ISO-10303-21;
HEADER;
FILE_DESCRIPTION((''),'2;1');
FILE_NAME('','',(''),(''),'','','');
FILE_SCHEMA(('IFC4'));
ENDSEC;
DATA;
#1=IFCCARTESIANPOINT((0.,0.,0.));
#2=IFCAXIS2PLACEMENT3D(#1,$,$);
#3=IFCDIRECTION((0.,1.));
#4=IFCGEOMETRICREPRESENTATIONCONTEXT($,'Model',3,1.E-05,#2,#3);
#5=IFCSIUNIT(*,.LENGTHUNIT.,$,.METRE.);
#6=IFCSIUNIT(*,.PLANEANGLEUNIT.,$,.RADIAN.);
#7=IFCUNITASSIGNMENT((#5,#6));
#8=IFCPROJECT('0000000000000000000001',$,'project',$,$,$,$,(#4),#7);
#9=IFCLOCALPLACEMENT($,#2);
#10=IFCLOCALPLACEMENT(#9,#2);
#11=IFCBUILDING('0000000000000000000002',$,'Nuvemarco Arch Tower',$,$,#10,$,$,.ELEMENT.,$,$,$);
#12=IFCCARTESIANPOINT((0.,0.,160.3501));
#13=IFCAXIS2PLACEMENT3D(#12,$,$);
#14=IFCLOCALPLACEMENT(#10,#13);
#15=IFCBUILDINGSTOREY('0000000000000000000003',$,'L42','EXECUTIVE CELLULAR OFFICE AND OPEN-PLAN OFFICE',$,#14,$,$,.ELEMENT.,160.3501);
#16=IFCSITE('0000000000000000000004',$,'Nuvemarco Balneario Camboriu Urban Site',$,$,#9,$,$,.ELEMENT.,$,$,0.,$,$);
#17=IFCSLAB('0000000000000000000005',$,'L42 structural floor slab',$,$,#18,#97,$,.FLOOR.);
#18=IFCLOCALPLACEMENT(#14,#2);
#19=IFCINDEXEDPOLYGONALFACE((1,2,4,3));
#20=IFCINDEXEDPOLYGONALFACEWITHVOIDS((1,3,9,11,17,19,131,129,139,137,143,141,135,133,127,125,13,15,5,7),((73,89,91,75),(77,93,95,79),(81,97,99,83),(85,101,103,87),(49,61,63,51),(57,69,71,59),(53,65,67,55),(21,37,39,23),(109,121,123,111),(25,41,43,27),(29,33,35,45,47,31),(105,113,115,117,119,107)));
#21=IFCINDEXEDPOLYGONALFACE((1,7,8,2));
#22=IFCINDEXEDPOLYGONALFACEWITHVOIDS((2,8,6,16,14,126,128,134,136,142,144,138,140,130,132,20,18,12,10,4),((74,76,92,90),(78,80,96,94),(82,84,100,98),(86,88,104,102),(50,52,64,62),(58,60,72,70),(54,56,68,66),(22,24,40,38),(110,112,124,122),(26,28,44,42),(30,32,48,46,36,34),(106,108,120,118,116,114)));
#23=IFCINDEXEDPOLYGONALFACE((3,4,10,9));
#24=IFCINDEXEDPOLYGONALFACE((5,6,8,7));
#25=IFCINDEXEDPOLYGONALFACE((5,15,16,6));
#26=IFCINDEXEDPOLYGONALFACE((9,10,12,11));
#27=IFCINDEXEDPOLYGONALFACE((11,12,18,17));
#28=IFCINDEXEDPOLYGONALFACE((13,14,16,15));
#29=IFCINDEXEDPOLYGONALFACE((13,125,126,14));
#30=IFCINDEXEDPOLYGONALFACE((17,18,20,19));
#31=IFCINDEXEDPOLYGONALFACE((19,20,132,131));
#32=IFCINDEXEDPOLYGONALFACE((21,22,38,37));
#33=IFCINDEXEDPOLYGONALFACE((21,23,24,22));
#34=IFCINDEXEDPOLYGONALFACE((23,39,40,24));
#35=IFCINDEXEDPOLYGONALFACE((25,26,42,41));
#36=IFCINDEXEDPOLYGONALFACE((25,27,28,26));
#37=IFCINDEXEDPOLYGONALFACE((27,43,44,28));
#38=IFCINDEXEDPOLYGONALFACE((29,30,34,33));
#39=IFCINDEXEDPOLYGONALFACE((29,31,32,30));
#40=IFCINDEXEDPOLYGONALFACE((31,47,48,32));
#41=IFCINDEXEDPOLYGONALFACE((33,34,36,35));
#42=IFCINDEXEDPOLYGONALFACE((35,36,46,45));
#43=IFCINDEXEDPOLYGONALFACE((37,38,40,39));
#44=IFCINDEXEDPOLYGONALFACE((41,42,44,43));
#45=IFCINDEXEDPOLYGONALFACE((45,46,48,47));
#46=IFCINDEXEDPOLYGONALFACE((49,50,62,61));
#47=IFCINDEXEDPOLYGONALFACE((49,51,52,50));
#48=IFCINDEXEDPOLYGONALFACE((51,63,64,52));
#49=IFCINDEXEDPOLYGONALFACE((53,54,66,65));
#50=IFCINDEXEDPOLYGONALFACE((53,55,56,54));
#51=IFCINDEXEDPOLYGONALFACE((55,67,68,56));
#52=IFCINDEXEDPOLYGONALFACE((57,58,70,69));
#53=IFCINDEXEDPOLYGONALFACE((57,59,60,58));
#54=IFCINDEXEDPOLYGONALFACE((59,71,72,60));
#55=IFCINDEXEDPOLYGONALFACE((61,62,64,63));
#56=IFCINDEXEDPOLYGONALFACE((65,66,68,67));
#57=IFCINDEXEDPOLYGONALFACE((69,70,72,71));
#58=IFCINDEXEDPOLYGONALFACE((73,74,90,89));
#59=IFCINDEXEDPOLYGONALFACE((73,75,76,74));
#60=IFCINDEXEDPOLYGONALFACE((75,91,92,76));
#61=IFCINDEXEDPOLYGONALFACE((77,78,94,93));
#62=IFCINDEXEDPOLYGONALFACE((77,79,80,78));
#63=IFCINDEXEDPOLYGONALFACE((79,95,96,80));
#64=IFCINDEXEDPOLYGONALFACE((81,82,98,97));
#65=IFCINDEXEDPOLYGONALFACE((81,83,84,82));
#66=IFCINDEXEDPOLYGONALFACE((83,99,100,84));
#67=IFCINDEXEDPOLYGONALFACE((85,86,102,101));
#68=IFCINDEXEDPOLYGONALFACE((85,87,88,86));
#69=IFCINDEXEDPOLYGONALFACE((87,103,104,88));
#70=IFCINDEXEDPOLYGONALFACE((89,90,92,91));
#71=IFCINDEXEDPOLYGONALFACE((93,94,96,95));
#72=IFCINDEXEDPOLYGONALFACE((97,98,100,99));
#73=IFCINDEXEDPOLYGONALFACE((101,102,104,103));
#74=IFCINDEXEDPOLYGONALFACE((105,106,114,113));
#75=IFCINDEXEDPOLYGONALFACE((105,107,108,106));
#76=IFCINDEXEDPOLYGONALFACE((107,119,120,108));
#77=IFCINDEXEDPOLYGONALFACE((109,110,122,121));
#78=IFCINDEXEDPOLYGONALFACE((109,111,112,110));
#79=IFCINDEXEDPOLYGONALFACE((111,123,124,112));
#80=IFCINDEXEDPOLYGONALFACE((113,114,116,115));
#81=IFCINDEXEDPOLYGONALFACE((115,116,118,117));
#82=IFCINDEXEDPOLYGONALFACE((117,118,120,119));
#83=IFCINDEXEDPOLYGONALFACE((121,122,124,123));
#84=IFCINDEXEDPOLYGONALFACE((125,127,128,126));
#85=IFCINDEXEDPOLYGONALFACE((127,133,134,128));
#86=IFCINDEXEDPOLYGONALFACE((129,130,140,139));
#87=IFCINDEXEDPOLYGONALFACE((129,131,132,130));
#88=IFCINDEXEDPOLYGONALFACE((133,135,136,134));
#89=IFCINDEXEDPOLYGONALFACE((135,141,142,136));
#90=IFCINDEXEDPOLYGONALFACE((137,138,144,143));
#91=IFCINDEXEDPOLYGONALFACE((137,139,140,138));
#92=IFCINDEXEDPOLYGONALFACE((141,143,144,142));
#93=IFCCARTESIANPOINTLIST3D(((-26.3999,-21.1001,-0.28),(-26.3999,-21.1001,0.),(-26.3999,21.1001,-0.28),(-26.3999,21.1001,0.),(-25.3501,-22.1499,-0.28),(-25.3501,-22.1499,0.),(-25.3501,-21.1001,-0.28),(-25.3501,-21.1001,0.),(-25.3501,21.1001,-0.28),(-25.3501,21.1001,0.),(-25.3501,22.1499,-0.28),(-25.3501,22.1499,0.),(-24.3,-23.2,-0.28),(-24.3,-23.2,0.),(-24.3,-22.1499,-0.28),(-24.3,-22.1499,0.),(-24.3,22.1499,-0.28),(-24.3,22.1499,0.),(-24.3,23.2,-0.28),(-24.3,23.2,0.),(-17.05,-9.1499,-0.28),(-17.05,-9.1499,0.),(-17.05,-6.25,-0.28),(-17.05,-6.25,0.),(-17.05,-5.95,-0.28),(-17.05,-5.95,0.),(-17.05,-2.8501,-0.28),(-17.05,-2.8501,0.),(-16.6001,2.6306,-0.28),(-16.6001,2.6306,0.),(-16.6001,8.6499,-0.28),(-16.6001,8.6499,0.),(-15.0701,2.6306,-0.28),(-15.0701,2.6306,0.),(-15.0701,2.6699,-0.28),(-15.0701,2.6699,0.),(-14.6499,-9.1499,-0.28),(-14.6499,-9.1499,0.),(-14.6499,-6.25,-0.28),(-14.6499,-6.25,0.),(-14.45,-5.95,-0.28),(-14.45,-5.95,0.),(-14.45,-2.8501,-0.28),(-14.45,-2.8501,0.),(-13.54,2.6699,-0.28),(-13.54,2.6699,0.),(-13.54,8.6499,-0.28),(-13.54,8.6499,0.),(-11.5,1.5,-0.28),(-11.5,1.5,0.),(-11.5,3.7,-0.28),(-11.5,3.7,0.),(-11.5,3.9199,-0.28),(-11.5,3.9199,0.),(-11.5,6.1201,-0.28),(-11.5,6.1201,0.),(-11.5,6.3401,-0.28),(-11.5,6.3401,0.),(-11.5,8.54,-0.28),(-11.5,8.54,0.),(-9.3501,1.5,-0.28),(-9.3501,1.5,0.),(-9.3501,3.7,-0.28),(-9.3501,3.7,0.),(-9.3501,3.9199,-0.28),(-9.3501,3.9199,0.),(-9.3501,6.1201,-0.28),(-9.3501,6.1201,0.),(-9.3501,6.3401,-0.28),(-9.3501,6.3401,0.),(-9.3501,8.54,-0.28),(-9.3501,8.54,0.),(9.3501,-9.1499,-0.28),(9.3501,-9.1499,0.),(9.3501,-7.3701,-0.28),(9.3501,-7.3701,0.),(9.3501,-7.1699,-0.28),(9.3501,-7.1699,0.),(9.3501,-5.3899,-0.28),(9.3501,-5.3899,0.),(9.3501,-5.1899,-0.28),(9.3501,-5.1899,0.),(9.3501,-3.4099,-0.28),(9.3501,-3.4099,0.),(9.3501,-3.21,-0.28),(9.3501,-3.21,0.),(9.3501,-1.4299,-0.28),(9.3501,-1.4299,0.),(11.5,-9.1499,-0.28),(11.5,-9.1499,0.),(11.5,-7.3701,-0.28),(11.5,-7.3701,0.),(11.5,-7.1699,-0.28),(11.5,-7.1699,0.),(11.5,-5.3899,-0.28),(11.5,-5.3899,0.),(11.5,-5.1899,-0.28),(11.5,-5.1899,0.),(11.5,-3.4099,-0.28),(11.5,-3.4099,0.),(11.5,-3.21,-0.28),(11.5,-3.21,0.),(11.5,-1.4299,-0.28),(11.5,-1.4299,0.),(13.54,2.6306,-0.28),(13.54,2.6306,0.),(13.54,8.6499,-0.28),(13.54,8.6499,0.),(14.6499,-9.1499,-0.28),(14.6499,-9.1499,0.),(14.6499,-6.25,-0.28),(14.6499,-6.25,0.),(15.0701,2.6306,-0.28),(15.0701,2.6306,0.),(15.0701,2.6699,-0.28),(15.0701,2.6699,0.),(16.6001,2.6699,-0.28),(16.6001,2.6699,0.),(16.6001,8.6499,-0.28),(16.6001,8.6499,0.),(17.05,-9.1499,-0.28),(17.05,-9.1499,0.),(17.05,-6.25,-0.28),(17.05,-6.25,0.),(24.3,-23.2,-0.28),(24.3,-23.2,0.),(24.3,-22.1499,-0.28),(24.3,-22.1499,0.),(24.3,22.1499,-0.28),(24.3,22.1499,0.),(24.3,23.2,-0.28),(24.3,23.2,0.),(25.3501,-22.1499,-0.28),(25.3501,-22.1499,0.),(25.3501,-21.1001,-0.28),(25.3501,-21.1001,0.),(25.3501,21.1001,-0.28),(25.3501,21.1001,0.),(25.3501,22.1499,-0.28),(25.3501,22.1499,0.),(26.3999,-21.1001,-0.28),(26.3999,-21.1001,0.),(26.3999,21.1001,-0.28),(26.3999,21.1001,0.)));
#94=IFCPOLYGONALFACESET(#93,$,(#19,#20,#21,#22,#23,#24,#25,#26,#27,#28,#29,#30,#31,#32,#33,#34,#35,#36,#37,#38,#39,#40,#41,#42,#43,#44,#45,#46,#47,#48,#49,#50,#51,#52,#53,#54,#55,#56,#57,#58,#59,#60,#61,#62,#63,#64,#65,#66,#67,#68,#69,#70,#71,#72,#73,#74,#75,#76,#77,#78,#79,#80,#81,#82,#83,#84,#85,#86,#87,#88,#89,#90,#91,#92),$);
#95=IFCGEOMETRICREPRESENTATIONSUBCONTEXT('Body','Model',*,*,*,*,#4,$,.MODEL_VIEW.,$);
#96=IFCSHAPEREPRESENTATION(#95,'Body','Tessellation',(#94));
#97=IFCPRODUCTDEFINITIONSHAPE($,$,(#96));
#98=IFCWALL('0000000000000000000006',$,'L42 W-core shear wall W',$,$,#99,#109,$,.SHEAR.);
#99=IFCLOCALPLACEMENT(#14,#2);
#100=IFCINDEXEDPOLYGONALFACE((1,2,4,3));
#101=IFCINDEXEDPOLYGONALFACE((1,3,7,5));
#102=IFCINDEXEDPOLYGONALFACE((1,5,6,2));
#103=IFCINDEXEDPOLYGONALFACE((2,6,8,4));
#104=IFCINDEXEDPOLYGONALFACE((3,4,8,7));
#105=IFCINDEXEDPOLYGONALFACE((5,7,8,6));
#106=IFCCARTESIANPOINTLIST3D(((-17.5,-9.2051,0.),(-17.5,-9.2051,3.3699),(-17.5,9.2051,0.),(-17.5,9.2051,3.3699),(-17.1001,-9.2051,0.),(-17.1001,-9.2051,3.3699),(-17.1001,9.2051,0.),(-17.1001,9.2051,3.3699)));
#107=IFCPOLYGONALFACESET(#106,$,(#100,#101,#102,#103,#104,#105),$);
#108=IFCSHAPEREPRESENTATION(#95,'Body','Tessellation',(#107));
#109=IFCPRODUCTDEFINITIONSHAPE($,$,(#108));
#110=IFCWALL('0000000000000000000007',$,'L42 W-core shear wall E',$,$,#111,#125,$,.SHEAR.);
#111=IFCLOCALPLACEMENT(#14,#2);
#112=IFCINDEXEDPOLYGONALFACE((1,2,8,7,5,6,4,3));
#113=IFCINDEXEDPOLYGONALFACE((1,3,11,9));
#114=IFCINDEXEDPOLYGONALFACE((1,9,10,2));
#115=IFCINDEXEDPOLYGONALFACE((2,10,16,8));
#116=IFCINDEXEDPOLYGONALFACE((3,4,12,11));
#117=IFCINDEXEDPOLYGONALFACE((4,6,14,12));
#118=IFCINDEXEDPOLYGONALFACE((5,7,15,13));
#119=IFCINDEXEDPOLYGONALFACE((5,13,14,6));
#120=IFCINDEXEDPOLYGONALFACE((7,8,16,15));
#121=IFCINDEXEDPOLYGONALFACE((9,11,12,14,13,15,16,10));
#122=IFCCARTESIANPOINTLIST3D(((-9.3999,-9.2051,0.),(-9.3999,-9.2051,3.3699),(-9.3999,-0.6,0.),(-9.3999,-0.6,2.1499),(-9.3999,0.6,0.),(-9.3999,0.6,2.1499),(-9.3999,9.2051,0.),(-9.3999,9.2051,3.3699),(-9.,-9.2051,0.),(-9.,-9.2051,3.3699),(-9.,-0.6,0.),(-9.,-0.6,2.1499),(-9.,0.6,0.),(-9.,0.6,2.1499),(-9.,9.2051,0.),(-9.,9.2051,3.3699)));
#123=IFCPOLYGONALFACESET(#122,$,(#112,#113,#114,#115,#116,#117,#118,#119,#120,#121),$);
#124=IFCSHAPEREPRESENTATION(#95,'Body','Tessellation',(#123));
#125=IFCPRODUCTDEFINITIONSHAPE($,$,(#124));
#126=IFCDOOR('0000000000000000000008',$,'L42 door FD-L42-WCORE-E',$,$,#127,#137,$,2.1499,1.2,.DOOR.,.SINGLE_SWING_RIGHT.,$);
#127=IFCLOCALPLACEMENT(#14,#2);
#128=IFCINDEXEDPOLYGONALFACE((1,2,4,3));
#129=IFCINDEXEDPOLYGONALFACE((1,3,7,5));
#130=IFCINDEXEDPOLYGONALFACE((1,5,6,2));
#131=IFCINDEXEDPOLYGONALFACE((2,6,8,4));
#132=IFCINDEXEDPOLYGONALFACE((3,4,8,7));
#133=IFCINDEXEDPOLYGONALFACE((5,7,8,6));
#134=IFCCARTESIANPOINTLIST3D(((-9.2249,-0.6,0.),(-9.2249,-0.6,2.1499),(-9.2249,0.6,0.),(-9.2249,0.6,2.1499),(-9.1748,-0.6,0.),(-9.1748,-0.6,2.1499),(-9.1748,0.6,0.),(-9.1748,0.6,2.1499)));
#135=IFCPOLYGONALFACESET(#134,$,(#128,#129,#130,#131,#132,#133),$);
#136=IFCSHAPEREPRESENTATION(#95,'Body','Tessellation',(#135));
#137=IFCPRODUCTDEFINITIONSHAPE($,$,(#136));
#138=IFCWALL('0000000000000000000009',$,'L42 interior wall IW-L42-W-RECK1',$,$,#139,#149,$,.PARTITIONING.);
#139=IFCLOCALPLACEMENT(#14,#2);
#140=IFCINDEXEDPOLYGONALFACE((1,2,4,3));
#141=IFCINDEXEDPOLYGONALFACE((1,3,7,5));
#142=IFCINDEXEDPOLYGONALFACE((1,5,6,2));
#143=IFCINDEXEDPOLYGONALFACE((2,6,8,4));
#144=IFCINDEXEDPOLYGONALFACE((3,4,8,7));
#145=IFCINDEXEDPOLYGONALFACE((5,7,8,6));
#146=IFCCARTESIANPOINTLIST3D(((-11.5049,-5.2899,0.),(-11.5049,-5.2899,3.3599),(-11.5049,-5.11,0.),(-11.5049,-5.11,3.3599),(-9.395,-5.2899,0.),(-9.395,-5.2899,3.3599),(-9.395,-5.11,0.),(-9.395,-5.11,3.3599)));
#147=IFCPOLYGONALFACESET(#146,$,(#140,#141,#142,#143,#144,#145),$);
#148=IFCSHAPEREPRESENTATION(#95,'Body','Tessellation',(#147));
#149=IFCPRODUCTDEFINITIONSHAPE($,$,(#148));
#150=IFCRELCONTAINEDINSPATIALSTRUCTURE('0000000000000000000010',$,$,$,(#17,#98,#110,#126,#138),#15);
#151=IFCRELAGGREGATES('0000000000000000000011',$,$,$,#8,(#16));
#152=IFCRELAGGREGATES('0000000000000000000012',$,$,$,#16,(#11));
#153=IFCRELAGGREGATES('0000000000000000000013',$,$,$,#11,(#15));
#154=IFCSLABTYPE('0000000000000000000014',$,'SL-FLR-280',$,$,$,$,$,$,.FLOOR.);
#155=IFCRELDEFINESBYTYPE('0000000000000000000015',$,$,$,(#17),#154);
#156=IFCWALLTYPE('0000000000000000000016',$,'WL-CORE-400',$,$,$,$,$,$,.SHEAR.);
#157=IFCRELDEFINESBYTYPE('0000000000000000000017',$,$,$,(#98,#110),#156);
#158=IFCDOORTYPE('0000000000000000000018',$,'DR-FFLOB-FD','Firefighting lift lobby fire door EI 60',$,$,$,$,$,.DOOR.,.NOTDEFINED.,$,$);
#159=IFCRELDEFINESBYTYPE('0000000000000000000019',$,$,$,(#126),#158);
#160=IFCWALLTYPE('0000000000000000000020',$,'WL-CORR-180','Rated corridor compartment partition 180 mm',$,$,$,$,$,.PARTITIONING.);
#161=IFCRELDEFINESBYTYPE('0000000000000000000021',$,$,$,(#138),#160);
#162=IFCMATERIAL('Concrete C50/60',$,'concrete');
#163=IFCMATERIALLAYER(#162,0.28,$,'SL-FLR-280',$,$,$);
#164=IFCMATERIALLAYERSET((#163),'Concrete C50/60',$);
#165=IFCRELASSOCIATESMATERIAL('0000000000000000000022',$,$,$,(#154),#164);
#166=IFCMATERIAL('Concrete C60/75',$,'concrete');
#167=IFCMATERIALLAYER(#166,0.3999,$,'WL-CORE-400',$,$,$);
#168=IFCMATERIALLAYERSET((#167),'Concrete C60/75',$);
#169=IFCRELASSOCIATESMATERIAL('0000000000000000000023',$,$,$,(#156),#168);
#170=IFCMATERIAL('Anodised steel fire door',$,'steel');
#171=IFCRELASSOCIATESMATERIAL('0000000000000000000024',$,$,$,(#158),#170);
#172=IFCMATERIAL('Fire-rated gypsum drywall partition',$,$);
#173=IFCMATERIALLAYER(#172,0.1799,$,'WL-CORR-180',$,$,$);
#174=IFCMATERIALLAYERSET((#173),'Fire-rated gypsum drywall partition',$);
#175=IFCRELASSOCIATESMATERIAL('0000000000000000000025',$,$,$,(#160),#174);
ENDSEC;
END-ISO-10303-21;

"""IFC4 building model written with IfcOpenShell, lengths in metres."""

from ifc_helpers import new_model, si_unit, direction, frame, frame_2d, origin, place, context, subcontext, project, spatial, polyline, rectangle, outline, extrude, source, transform, mapped, material, layer, layer_set, type_object, type_shapes, element, fill, save


model = new_model("IFC4")

# Units and contexts
model_context = context("Model", 3, precision=1e-05, world=origin(), true_north=direction((0.0, 1.0)))
body_context = subcontext(model_context, "Body", "Model", "MODEL_VIEW")
ifc_project = project(units=[si_unit("LENGTHUNIT", "METRE"), si_unit("PLANEANGLEUNIT", "RADIAN")], contexts=[model_context])

# Site, building, storey
site_placement = place(None, origin())
site = spatial("IfcSite", under=ifc_project, at=site_placement, Name="Nuvemarco Balneario Camboriu Urban Site", CompositionType="ELEMENT", RefElevation=0.0)
building_placement = place(site_placement, origin())
building = spatial("IfcBuilding", under=site, at=building_placement, Name="Nuvemarco Arch Tower", CompositionType="ELEMENT")
storey_placement = place(building_placement, frame((0.0, 0.0, 160.3501)))
storey = spatial("IfcBuildingStorey", under=building, at=storey_placement, Name="L42", Description="EXECUTIVE CELLULAR OFFICE AND OPEN-PLAN OFFICE", CompositionType="ELEMENT", Elevation=160.3501)

# Shared definitions
ifc_material_1 = material(Name="Concrete C50/60", Category="concrete")

# Shared definitions
ifc_material_2 = material(Name="Concrete C60/75", Category="concrete")

# Slab
ifc_layer_1 = layer(ifc_material_1, 0.28, Name="SL-FLR-280")
ifc_layer_set_1 = layer_set([ifc_layer_1], Name="Concrete C50/60")
slab_type = type_object("IfcSlabType", Name="SL-FLR-280", PredefinedType="FLOOR", material=ifc_layer_set_1)
slab_placement = place(storey_placement, frame((0.0, 0.0, -0.28)))
element("IfcSlab", 1, at=slab_placement, inside=storey, type_object=slab_type, Name="L42 structural floor slab", PredefinedType="FLOOR", context=body_context, shape_type="SweptSolid", body=[
    extrude(outline(polyline([(-24.3, -23.2), (24.3, -23.2), (24.3, -22.1499), (25.3501, -22.1499), (25.3501, -21.1001), (26.3999, -21.1001), (26.3999, 21.1001), (25.3501, 21.1001), (25.3501, 22.1499), (24.3, 22.1499), (24.3, 23.2), (-24.3, 23.2), (-24.3, 22.1499), (-25.3501, 22.1499), (-25.3501, 21.1001), (-26.3999, 21.1001), (-26.3999, -21.1001), (-25.3501, -21.1001), (-25.3501, -22.1499), (-24.3, -22.1499), (-24.3, -23.2)]), holes=[polyline([(-13.54, 2.6699), (-13.54, 8.6499), (-16.6001, 8.6499), (-16.6001, 2.6306), (-15.0701, 2.6306), (-15.0701, 2.6699), (-13.54, 2.6699)]), polyline([(16.6001, 2.6699), (16.6001, 8.6499), (13.54, 8.6499), (13.54, 2.6306), (15.0701, 2.6306), (15.0701, 2.6699), (16.6001, 2.6699)]), polyline([(-17.05, -9.1499), (-14.6499, -9.1499), (-14.6499, -6.25), (-17.05, -6.25), (-17.05, -9.1499)]), polyline([(-17.05, -5.95), (-14.45, -5.95), (-14.45, -2.8501), (-17.05, -2.8501), (-17.05, -5.95)]), polyline([(-11.5, 1.5), (-9.3501, 1.5), (-9.3501, 3.7), (-11.5, 3.7), (-11.5, 1.5)]), polyline([(-11.5, 3.9199), (-9.3501, 3.9199), (-9.3501, 6.1201), (-11.5, 6.1201), (-11.5, 3.9199)]), polyline([(-11.5, 6.3401), (-9.3501, 6.3401), (-9.3501, 8.54), (-11.5, 8.54), (-11.5, 6.3401)]), polyline([(14.6499, -9.1499), (17.05, -9.1499), (17.05, -6.25), (14.6499, -6.25), (14.6499, -9.1499)]), polyline([(9.3501, -9.1499), (11.5, -9.1499), (11.5, -7.3701), (9.3501, -7.3701), (9.3501, -9.1499)]), polyline([(9.3501, -7.1699), (11.5, -7.1699), (11.5, -5.3899), (9.3501, -5.3899), (9.3501, -7.1699)]), polyline([(9.3501, -5.1899), (11.5, -5.1899), (11.5, -3.4099), (9.3501, -3.4099), (9.3501, -5.1899)]), polyline([(9.3501, -3.21), (11.5, -3.21), (11.5, -1.4299), (9.3501, -1.4299), (9.3501, -3.21)])]), origin(), (0.0, 0.0, 1.0), 0.28),
])

# Wall
ifc_layer_2 = layer(ifc_material_2, 0.3999, Name="WL-CORE-400")
ifc_layer_set_2 = layer_set([ifc_layer_2], Name="Concrete C60/75")
wall_type_1 = type_object("IfcWallType", Name="WL-CORE-400", PredefinedType="SHEAR", material=ifc_layer_set_2)
wall_1_placement = place(storey_placement, frame((-17.3, -9.2051, 0.0), z_axis=(0.0, 0.0, 1.0), x_axis=(0.0, 1.0, 0.0)))
element("IfcWall", 2, at=wall_1_placement, inside=storey, type_object=wall_type_1, Name="L42 W-core shear wall W", PredefinedType="SHEAR", context=body_context, shape_type="SweptSolid", body=[
    extrude(rectangle(XDim=18.4102, YDim=0.3999, at=frame_2d((9.2051, 0.0))), origin(), (0.0, 0.0, 1.0), 3.3699),
])

# Wall, opening, door
wall_2_placement = place(storey_placement, frame((-9.2, -9.2051, 0.0), z_axis=(0.0, 0.0, 1.0), x_axis=(0.0, 1.0, 0.0)))
wall_2 = element("IfcWall", 3, at=wall_2_placement, inside=storey, type_object=wall_type_1, Name="L42 W-core shear wall E", PredefinedType="SHEAR", context=body_context, shape_type="SweptSolid", body=[
    extrude(rectangle(XDim=18.4102, YDim=0.3999, at=frame_2d((9.2051, 0.0))), origin(), (0.0, 0.0, 1.0), 3.3699),
])
opening_1_placement = place(wall_2_placement, frame((8.605, 0.0, 0.0)))
opening_1 = element("IfcOpeningElement", 4, at=opening_1_placement, cuts=wall_2, PredefinedType="OPENING", context=body_context, shape_type="SweptSolid", body=[
    extrude(rectangle(XDim=1.2, YDim=2.1499, at=frame_2d((0.6001, 1.075))), frame((0.0, 0.21, 0.0), z_axis=(0.0, -1.0, 0.0), x_axis=(1.0, 0.0, 0.0)), (0.0, 0.0, 1.0), 0.4199),
])
ifc_material_3 = material(Name="Anodised steel fire door", Category="steel")
door_type_1 = type_object("IfcDoorType", Name="DR-FFLOB-FD", Description="Firefighting lift lobby fire door EI 60", OperationType="NOTDEFINED", PredefinedType="DOOR", material=ifc_material_3)
shared_shape_1 = source(origin(), body_context, "Body", "SweptSolid", [
    extrude(rectangle(XDim=1.2, YDim=2.1499, at=frame_2d((0.6001, 1.075))), frame((0.0, 0.0249, 0.0), z_axis=(0.0, -1.0, 0.0), x_axis=(1.0, 0.0, 0.0)), (0.0, 0.0, 1.0), 0.05),
])
type_shapes(door_type_1, [shared_shape_1])
door_1_placement = place(opening_1_placement, origin())
door_1 = element("IfcDoor", 5, at=door_1_placement, inside=storey, type_object=door_type_1, Name="L42 door FD-L42-WCORE-E", OperationType="SINGLE_SWING_RIGHT", OverallHeight=2.1499, OverallWidth=1.2, PredefinedType="DOOR", context=body_context, shape_type="MappedRepresentation", body=[
    mapped(shared_shape_1, transform((0.0, 0.0, 0.0), scale=1.0)),
])
fill(opening_1, door_1)

# Wall
ifc_material_4 = material(Name="Fire-rated gypsum drywall partition")
ifc_layer_3 = layer(ifc_material_4, 0.1799, Name="WL-CORR-180")
ifc_layer_set_3 = layer_set([ifc_layer_3], Name="Fire-rated gypsum drywall partition")
wall_type_2 = type_object("IfcWallType", Name="WL-CORR-180", Description="Rated corridor compartment partition 180 mm", PredefinedType="PARTITIONING", material=ifc_layer_set_3)
wall_3_placement = place(storey_placement, frame((-11.5049, -5.2, 0.0), z_axis=(0.0, 0.0, 1.0), x_axis=(1.0, 0.0, 0.0)))
element("IfcWall", 6, at=wall_3_placement, inside=storey, type_object=wall_type_2, Name="L42 interior wall IW-L42-W-RECK1", PredefinedType="PARTITIONING", context=body_context, shape_type="SweptSolid", body=[
    extrude(rectangle(XDim=2.1099, YDim=0.1799, at=frame_2d((1.0549, 0.0))), origin(), (0.0, 0.0, 1.0), 3.3599),
])

save(model, "model.ifc")
